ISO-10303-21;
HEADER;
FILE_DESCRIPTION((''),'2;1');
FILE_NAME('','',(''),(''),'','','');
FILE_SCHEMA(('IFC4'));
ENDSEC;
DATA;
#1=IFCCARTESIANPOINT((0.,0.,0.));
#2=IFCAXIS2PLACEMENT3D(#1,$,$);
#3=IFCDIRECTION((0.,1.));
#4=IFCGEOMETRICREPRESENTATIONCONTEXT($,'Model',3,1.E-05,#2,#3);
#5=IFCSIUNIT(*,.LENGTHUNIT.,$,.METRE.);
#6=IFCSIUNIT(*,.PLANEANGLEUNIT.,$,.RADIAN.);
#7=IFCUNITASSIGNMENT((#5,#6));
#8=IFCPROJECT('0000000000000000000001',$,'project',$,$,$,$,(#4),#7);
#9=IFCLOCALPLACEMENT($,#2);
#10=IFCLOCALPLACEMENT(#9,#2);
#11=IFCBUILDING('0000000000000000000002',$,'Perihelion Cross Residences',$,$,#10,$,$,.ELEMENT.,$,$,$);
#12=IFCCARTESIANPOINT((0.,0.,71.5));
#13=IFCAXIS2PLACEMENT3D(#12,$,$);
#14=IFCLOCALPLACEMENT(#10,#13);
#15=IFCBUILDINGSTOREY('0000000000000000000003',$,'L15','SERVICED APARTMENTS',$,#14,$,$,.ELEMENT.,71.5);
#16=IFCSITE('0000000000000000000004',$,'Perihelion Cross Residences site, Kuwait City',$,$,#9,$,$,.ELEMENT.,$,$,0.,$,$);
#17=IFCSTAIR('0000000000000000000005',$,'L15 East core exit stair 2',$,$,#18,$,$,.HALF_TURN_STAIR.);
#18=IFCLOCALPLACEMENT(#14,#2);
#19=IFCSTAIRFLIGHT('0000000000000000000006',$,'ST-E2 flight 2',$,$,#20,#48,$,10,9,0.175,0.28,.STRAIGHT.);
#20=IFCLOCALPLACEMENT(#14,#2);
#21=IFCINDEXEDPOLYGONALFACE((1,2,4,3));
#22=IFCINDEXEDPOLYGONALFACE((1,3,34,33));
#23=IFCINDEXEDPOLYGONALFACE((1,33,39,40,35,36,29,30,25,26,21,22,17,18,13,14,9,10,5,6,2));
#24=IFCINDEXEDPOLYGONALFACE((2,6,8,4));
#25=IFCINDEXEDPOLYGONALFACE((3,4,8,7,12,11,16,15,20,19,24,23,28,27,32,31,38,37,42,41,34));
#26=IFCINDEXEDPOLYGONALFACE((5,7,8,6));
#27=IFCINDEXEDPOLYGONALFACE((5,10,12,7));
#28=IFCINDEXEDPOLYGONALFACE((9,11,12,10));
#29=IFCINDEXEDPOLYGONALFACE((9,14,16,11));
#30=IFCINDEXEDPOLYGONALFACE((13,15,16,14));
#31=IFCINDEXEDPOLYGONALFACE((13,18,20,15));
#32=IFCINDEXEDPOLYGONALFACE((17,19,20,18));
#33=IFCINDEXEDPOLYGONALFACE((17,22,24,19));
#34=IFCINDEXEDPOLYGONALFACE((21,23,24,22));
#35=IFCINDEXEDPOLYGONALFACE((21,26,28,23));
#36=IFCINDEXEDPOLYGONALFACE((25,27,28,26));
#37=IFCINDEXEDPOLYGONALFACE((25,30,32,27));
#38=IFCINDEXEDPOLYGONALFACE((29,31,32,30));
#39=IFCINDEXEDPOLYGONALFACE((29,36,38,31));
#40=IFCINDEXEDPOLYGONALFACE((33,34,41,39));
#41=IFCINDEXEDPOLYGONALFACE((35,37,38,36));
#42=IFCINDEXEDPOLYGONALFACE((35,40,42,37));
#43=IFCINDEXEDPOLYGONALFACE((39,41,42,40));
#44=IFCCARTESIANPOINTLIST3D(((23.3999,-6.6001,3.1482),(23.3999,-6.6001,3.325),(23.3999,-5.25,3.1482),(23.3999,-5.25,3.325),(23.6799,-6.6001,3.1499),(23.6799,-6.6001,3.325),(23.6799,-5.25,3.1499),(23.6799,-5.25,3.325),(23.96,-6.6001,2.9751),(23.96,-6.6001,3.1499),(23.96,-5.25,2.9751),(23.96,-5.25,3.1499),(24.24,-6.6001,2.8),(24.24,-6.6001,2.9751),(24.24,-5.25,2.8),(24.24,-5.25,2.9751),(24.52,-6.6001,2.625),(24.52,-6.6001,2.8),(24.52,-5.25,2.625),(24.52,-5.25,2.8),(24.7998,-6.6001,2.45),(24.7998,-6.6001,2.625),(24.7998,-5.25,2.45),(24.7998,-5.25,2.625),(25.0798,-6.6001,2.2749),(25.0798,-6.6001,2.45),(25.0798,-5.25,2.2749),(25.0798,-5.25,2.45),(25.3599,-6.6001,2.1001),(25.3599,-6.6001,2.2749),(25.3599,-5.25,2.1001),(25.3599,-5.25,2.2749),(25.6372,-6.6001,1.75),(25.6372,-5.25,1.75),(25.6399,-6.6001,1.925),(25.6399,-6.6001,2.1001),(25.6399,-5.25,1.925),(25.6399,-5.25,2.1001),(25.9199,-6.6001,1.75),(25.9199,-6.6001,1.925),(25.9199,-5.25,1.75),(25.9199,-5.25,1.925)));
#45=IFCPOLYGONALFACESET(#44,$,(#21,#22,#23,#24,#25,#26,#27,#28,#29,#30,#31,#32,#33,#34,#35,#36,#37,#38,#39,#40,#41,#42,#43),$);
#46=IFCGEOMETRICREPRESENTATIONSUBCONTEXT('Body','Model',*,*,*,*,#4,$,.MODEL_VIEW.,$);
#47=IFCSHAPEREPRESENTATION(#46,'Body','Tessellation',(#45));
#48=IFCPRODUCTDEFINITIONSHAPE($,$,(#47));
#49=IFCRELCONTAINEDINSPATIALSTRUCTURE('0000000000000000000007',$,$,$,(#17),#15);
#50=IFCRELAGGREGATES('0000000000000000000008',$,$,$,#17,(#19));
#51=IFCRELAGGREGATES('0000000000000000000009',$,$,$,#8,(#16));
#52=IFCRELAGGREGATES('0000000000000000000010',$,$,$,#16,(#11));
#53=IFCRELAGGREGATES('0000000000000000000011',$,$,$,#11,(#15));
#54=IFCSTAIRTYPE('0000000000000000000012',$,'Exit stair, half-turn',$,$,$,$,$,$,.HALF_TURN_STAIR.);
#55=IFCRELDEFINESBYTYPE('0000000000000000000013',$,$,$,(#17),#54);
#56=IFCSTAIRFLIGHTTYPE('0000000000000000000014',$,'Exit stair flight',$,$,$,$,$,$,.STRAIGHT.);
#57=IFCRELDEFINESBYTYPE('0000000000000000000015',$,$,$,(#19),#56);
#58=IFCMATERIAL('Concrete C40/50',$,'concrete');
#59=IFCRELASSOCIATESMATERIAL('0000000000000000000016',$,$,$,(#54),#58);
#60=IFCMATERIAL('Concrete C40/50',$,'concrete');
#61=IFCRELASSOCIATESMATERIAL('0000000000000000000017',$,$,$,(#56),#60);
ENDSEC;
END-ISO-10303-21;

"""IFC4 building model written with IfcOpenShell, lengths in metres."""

from ifc_helpers import new_model, si_unit, direction, frame, origin, place, context, subcontext, project, spatial, polyline, outline, extrude, material, type_object, element, aggregate, save


model = new_model("IFC4")

# Units and contexts
model_context = context("Model", 3, precision=1e-05, world=origin(), true_north=direction((0.0, 1.0)))
body_context = subcontext(model_context, "Body", "Model", "MODEL_VIEW")
ifc_project = project(units=[si_unit("LENGTHUNIT", "METRE"), si_unit("PLANEANGLEUNIT", "RADIAN")], contexts=[model_context])

# Site, building, storey
site_placement = place(None, origin())
site = spatial("IfcSite", under=ifc_project, at=site_placement, Name="Perihelion Cross Residences site, Kuwait City", CompositionType="ELEMENT", RefElevation=0.0)
building_placement = place(site_placement, origin())
building = spatial("IfcBuilding", under=site, at=building_placement, Name="Perihelion Cross Residences", CompositionType="ELEMENT")
storey_placement = place(building_placement, frame((0.0, 0.0, 71.5)))
storey = spatial("IfcBuildingStorey", under=building, at=storey_placement, Name="L15", Description="SERVICED APARTMENTS", CompositionType="ELEMENT", Elevation=71.5)

# Stair, stair flight
ifc_material_1 = material(Name="Concrete C40/50", Category="concrete")
stair_type = type_object("IfcStairType", Name="Exit stair, half-turn", PredefinedType="HALF_TURN_STAIR", material=ifc_material_1)
stair_placement = place(storey_placement, origin())
stair = element("IfcStair", 1, at=stair_placement, inside=storey, type_object=stair_type, Name="L15 East core exit stair 2", PredefinedType="HALF_TURN_STAIR")
ifc_material_2 = material(Name="Concrete C40/50", Category="concrete")
stair_flight_type = type_object("IfcStairFlightType", Name="Exit stair flight", PredefinedType="STRAIGHT", material=ifc_material_2)
stair_flight_placement = place(storey_placement, frame((25.9199, -5.925, 1.75), z_axis=(0.0, 0.0, 1.0), x_axis=(-1.0, 0.0, 0.0)))
stair_flight = element("IfcStairFlight", 2, at=stair_flight_placement, type_object=stair_flight_type, Name="ST-E2 flight 2", NumberOfRisers=10, NumberOfTreads=9, PredefinedType="STRAIGHT", RiserHeight=0.175, TreadLength=0.28, context=body_context, shape_type="SweptSolid", body=[
    extrude(outline(polyline([(0.0, 0.0), (0.0, 0.175), (0.28, 0.175), (0.28, 0.3501), (0.5601, 0.3501), (0.5601, 0.5249), (0.8401, 0.5249), (0.8401, 0.7), (1.1201, 0.7), (1.1201, 0.875), (1.3999, 0.875), (1.3999, 1.05), (1.6799, 1.05), (1.6799, 1.2251), (1.96, 1.2251), (1.96, 1.3999), (2.24, 1.3999), (2.24, 1.575), (2.52, 1.575), (2.52, 1.75), (2.52, 1.3982), (0.2827, 0.0), (0.0, 0.0)])), frame((0.0, 0.675, 0.0), z_axis=(0.0, -1.0, 0.0), x_axis=(1.0, 0.0, 0.0)), (0.0, 0.0, 1.0), 1.3501),
])
aggregate(stair, [stair_flight])

save(model, "model.ifc")
